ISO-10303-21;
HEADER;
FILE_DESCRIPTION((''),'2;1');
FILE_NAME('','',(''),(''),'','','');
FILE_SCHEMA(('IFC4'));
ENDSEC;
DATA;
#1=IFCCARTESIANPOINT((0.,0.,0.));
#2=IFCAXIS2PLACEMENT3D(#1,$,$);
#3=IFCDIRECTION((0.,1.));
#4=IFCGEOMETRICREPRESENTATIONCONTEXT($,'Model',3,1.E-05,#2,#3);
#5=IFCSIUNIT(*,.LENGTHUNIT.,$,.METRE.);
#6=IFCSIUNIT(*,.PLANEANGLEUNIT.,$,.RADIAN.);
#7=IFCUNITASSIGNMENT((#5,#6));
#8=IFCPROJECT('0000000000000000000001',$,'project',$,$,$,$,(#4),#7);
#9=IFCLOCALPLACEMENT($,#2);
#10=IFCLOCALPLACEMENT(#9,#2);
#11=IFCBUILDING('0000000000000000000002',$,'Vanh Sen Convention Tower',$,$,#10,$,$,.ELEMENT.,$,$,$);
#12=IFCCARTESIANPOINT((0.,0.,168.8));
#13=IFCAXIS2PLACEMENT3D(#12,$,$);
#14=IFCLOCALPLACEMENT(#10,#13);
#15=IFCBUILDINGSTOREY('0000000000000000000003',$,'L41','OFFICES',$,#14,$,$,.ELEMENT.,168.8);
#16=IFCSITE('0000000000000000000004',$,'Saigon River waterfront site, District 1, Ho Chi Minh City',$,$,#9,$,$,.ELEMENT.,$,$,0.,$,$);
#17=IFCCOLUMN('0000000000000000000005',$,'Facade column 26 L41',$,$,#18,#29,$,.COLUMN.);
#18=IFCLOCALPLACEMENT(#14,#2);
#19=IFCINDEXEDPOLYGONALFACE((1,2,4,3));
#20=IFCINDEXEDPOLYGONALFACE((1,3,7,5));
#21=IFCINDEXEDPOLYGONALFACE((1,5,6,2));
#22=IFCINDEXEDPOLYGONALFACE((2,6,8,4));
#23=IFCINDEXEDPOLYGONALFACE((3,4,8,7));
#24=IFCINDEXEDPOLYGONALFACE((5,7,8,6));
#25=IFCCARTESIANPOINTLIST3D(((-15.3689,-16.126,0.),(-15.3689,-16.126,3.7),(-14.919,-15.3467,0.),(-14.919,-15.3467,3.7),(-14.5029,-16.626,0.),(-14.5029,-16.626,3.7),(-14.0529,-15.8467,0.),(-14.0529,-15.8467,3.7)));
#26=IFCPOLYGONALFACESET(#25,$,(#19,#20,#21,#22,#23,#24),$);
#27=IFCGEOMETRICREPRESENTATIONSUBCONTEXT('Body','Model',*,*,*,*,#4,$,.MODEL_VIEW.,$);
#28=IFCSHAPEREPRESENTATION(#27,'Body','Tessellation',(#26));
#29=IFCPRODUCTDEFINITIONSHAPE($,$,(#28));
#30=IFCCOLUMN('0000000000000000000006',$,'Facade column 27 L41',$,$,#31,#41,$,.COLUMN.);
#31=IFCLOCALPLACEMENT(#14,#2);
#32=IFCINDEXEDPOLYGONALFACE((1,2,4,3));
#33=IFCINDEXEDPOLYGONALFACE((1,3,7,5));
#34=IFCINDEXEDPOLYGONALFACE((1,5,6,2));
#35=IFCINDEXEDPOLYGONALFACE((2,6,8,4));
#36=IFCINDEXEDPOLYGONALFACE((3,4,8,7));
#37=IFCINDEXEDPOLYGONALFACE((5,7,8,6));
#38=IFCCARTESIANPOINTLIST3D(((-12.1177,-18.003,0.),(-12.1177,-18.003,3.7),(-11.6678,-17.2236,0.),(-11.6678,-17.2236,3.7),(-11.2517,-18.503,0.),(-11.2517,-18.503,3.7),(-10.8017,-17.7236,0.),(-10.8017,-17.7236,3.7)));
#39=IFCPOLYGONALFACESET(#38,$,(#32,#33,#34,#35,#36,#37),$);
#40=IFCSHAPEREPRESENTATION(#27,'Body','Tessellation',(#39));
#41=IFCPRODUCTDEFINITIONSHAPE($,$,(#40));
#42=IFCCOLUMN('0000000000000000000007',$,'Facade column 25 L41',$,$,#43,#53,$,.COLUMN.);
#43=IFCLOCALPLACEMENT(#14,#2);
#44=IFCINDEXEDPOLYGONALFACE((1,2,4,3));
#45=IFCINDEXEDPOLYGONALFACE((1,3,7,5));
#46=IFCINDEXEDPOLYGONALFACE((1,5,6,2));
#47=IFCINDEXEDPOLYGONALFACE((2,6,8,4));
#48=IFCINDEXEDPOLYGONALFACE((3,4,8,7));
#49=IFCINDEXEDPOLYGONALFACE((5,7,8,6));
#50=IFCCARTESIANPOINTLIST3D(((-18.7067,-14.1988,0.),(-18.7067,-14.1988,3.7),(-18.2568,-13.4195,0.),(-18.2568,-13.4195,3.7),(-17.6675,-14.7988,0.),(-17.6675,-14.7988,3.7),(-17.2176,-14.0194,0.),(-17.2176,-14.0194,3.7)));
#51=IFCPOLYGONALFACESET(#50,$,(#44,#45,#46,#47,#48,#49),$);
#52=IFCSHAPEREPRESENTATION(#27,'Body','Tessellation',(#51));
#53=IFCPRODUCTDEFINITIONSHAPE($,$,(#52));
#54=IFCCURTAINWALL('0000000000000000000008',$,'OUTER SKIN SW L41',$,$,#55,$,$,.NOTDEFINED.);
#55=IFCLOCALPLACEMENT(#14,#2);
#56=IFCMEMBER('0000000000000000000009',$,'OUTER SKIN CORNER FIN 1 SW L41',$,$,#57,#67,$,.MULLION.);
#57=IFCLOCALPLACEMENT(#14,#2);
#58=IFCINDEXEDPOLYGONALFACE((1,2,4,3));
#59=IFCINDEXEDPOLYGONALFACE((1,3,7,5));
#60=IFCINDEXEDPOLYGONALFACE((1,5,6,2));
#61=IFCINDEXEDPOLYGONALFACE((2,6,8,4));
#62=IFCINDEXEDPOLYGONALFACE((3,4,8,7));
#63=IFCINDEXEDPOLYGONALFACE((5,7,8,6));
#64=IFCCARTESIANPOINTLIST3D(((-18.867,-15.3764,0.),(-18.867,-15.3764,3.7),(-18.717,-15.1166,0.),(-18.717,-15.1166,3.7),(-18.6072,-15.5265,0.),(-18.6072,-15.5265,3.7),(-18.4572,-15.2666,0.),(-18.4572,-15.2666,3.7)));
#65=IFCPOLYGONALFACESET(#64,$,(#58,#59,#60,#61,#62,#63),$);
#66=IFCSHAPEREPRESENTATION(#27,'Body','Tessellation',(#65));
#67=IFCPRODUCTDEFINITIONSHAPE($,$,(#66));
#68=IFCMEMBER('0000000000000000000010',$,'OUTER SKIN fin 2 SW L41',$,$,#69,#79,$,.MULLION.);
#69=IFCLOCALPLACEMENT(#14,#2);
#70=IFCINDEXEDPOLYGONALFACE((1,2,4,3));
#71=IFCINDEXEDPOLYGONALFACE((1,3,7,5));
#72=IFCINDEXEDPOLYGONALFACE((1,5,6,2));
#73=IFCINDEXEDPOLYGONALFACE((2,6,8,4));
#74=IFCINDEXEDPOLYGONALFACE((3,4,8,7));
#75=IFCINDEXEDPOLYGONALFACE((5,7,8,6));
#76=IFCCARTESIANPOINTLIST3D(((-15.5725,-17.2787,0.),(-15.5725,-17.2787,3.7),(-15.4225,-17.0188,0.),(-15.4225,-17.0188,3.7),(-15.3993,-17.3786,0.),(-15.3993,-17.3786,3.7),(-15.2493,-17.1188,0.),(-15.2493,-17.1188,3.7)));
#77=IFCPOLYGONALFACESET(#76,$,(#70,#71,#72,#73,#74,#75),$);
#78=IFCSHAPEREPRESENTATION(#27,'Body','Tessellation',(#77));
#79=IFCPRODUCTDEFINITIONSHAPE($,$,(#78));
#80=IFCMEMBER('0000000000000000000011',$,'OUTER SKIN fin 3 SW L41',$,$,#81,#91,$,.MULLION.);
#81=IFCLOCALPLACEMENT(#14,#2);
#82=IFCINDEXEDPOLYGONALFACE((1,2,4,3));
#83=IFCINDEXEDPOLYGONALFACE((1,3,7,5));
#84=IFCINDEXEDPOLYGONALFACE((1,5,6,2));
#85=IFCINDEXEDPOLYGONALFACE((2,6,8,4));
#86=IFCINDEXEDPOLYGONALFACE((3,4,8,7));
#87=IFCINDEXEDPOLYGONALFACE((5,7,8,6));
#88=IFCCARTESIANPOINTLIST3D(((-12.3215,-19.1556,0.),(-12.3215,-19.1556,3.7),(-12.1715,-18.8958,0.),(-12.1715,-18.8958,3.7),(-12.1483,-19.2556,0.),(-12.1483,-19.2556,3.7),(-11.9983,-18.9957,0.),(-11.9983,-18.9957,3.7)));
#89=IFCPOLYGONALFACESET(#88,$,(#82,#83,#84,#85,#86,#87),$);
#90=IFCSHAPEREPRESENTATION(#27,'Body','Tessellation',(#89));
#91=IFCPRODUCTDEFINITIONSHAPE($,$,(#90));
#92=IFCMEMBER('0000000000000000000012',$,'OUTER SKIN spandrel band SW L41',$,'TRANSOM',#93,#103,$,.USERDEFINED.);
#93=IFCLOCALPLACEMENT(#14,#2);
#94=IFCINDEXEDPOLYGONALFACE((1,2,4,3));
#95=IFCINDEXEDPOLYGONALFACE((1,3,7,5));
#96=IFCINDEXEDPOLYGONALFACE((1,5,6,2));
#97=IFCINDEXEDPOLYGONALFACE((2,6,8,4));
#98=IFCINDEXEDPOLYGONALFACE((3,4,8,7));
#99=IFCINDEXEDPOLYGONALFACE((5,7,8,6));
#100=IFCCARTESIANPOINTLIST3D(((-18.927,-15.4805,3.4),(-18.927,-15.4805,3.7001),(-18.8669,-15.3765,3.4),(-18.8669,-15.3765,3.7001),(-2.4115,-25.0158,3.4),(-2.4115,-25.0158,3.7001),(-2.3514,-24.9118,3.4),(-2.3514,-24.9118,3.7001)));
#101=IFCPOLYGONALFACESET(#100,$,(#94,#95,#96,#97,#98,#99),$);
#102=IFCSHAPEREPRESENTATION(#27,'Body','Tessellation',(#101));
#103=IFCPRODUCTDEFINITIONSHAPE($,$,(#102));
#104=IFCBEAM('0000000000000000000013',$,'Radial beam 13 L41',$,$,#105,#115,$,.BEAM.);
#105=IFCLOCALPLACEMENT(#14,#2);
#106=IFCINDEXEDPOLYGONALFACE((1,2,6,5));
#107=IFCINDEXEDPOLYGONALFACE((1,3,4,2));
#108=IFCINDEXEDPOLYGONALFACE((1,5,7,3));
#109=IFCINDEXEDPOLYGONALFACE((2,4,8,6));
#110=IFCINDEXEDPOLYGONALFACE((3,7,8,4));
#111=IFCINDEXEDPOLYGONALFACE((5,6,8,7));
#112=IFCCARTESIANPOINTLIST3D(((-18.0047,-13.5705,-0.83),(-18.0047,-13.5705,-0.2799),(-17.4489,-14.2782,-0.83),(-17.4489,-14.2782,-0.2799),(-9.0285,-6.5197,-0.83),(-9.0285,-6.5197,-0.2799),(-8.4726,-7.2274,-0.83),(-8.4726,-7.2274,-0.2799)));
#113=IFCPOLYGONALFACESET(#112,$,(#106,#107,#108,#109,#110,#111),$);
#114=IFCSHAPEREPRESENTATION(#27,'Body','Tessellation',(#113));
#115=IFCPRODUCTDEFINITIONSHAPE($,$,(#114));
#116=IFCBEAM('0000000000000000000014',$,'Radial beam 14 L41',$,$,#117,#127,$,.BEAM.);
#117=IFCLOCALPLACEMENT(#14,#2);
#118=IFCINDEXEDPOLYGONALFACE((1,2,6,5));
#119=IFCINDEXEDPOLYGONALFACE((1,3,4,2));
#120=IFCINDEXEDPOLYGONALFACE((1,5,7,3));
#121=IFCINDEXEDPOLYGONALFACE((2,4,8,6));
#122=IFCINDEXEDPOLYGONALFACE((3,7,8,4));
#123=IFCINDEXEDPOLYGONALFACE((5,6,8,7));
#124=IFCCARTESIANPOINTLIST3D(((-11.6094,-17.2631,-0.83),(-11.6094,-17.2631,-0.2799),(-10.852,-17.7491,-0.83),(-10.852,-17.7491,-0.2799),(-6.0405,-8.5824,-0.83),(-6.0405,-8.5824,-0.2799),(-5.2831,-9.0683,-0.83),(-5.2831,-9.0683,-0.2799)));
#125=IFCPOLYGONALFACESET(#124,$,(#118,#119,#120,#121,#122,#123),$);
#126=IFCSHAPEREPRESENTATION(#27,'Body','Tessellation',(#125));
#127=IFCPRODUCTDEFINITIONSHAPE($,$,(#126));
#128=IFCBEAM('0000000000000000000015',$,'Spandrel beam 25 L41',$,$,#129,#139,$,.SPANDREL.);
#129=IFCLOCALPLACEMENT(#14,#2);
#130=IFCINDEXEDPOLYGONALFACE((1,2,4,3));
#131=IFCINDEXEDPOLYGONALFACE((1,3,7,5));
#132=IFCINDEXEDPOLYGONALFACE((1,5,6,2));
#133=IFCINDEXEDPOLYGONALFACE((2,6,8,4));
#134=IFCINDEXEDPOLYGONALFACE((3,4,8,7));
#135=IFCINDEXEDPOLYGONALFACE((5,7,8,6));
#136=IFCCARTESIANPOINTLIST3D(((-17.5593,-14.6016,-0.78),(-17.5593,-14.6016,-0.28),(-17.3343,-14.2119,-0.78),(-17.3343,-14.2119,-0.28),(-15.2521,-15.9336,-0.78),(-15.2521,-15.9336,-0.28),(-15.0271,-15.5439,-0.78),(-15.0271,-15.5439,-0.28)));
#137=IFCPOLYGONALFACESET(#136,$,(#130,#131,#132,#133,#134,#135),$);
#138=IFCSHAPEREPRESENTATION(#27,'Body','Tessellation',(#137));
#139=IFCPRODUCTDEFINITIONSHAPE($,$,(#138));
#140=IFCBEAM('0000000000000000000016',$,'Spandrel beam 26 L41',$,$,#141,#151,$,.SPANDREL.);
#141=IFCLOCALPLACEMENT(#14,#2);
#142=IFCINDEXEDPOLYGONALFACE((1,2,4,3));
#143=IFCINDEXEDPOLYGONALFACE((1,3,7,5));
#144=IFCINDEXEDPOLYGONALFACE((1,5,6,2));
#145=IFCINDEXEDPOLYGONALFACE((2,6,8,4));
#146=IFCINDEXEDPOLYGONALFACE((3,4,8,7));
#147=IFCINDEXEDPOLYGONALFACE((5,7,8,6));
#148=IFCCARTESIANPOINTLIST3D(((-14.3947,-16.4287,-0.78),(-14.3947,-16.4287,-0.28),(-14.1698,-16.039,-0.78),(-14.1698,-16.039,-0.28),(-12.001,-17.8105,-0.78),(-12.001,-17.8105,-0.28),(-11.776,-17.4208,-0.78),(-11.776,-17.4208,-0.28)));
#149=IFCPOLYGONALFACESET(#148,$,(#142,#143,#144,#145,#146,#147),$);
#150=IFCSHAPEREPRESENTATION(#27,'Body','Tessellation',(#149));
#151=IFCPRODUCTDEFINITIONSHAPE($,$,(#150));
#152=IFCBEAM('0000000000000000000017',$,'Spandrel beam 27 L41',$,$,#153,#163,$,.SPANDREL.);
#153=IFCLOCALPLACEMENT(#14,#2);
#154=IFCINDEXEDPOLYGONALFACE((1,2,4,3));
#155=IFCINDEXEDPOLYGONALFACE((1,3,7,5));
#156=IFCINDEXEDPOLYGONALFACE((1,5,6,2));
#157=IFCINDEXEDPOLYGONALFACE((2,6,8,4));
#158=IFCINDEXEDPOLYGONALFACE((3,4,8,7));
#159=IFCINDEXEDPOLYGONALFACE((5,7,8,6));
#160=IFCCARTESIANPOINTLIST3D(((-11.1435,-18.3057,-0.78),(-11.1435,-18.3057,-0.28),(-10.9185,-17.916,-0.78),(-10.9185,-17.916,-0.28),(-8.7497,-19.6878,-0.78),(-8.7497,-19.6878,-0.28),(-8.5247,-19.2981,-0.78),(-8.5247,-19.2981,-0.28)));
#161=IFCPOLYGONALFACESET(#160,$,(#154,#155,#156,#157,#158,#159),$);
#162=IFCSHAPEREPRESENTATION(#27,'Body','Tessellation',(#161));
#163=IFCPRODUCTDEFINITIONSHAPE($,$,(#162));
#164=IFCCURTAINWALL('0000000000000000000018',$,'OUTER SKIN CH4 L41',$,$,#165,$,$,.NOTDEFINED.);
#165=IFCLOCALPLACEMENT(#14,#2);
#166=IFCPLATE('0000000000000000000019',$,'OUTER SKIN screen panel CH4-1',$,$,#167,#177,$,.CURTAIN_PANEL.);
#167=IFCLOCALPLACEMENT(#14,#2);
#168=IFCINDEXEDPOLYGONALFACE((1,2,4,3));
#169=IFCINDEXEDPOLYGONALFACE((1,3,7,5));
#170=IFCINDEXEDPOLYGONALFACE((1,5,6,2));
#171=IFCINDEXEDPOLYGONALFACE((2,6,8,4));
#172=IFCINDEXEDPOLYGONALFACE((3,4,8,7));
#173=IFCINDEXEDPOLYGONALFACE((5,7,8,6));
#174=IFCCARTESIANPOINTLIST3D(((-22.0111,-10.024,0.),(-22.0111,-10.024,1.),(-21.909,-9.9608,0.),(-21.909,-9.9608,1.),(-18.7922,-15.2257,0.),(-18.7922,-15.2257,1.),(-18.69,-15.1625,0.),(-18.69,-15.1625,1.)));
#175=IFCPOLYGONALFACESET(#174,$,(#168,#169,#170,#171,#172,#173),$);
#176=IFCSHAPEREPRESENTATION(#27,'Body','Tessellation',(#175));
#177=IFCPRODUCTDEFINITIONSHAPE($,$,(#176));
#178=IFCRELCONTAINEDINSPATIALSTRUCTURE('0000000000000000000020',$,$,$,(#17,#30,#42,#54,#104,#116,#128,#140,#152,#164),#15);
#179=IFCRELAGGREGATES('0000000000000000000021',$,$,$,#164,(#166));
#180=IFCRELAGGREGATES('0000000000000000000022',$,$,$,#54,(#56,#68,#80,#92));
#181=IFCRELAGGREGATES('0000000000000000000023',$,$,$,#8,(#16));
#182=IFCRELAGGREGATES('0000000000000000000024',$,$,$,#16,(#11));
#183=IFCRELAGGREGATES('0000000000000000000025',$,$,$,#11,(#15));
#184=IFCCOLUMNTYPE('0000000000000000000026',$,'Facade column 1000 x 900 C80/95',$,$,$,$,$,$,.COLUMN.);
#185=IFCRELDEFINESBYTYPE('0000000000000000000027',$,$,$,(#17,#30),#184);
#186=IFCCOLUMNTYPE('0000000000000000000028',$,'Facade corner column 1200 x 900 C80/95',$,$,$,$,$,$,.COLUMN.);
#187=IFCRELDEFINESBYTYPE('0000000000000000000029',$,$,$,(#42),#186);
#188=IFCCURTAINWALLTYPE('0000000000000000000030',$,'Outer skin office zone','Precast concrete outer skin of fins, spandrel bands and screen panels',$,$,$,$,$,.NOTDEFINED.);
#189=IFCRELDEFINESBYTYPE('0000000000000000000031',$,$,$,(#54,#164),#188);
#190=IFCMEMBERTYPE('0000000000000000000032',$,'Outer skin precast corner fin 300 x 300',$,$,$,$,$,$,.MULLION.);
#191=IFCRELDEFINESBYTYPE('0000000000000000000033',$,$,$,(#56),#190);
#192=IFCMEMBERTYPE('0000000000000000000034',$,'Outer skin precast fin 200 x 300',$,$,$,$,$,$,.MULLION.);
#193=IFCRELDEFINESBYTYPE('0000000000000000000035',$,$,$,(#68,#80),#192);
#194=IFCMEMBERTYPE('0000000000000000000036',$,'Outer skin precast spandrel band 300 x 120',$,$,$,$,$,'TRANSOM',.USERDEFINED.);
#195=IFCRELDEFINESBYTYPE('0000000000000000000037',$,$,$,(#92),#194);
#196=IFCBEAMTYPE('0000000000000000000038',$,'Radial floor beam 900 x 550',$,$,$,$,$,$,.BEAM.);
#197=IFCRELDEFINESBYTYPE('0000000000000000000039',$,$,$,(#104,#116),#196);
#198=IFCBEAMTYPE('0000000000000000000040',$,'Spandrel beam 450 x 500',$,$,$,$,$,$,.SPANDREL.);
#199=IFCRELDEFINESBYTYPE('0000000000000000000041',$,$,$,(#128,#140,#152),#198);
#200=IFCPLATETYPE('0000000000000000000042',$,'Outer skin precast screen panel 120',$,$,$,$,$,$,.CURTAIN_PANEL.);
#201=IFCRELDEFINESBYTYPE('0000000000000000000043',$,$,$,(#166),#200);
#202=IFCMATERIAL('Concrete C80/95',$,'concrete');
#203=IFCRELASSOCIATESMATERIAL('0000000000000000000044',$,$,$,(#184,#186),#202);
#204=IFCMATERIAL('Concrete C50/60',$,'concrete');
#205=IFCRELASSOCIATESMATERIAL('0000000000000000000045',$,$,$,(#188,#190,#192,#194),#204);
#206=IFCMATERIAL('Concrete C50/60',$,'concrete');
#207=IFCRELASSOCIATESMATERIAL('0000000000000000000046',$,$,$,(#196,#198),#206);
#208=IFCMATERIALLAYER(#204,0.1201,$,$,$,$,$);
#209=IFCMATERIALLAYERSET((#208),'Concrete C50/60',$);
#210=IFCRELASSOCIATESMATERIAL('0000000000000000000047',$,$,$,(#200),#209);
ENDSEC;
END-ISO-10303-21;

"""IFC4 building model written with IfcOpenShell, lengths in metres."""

from ifc_helpers import new_model, si_unit, direction, frame, origin, origin_2d, place, context, subcontext, project, spatial, rectangle, extrude, material, layer, layer_set, material_profile, profile_set, type_object, element, aggregate, save


model = new_model("IFC4")

# Units and contexts
model_context = context("Model", 3, precision=1e-05, world=origin(), true_north=direction((0.0, 1.0)))
body_context = subcontext(model_context, "Body", "Model", "MODEL_VIEW")
ifc_project = project(units=[si_unit("LENGTHUNIT", "METRE"), si_unit("PLANEANGLEUNIT", "RADIAN")], contexts=[model_context])

# Site, building, storey
site_placement = place(None, origin())
site = spatial("IfcSite", under=ifc_project, at=site_placement, Name="Saigon River waterfront site, District 1, Ho Chi Minh City", CompositionType="ELEMENT", RefElevation=0.0)
building_placement = place(site_placement, origin())
building = spatial("IfcBuilding", under=site, at=building_placement, Name="Vanh Sen Convention Tower", CompositionType="ELEMENT")
storey_placement = place(building_placement, frame((0.0, 0.0, 168.8)))
storey = spatial("IfcBuildingStorey", under=building, at=storey_placement, Name="L41", Description="OFFICES", CompositionType="ELEMENT", Elevation=168.8)

# Columns
ifc_material_1 = material(Name="Concrete C80/95", Category="concrete")
ifc_material_profile_1 = material_profile(ifc_material_1, rectangle(XDim=1.0, YDim=0.8999, at=origin_2d()), Name="RC 1000X900")
ifc_profile_set_1 = profile_set([ifc_material_profile_1], Name="Concrete C80/95")
column_type_1 = type_object("IfcColumnType", Name="Facade column 1000 x 900 C80/95", PredefinedType="COLUMN", material=ifc_profile_set_1)
for number, where, z_axis, x_axis, name in (
    (1, (-14.7109, -15.9863, 0.0), (0.0, 0.0, 1.0), (0.866025, -0.5, 0.0), "Facade column 26 L41"),
    (2, (-11.4597, -17.8633, 0.0), (0.0, 0.0, 1.0), (0.866025, -0.5, 0.0), "Facade column 27 L41"),
):
    element("IfcColumn", number, at=place(storey_placement, frame(where, z_axis=z_axis, x_axis=x_axis)), inside=storey, type_object=column_type_1, Name=name, PredefinedType="COLUMN", context=body_context, shape_type="SweptSolid", body=[
        extrude(rectangle(XDim=1.0, YDim=0.8999, at=origin_2d()), origin(), (0.0, 0.0, 1.0), 3.7),
    ])
ifc_material_profile_2 = material_profile(ifc_material_1, rectangle(XDim=1.2, YDim=0.8999, at=origin_2d()), Name="RC 1200X900")
ifc_profile_set_2 = profile_set([ifc_material_profile_2], Name="Concrete C80/95")
column_type_2 = type_object("IfcColumnType", Name="Facade corner column 1200 x 900 C80/95", PredefinedType="COLUMN", material=ifc_profile_set_2)
column_placement = place(storey_placement, frame((-17.9622, -14.1091, 0.0), z_axis=(0.0, 0.0, 1.0), x_axis=(0.866025, -0.5, 0.0)))
element("IfcColumn", 3, at=column_placement, inside=storey, type_object=column_type_2, Name="Facade column 25 L41", PredefinedType="COLUMN", context=body_context, shape_type="SweptSolid", body=[
    extrude(rectangle(XDim=1.2, YDim=0.8999, at=origin_2d()), origin(), (0.0, 0.0, 1.0), 3.7),
])

# Curtain wall, members
ifc_material_2 = material(Name="Concrete C50/60", Category="concrete")
curtain_wall_type = type_object("IfcCurtainWallType", Name="Outer skin office zone", Description="Precast concrete outer skin of fins, spandrel bands and screen panels", PredefinedType="NOTDEFINED", material=ifc_material_2)
curtain_wall_1_placement = place(storey_placement, origin())
curtain_wall_1 = element("IfcCurtainWall", 4, at=curtain_wall_1_placement, inside=storey, type_object=curtain_wall_type, Name="OUTER SKIN SW L41", PredefinedType="NOTDEFINED")
ifc_material_profile_3 = material_profile(ifc_material_2, rectangle(XDim=0.3, YDim=0.3, at=origin_2d()), Name="Outer skin precast corner fin 300 x 300")
ifc_profile_set_3 = profile_set([ifc_material_profile_3], Name="Concrete C50/60")
member_type_1 = type_object("IfcMemberType", Name="Outer skin precast corner fin 300 x 300", PredefinedType="MULLION", material=ifc_profile_set_3)
member_1_placement = place(storey_placement, frame((-18.6621, -15.3215, 0.0), z_axis=(0.0, 0.0, 1.0), x_axis=(0.866025, -0.5, 0.0)))
member_1 = element("IfcMember", 5, at=member_1_placement, type_object=member_type_1, Name="OUTER SKIN CORNER FIN 1 SW L41", PredefinedType="MULLION", context=body_context, shape_type="SweptSolid", body=[
    extrude(rectangle(XDim=0.3, YDim=0.3, at=origin_2d()), origin(), (0.0, 0.0, 1.0), 3.7),
])
ifc_material_profile_4 = material_profile(ifc_material_2, rectangle(XDim=0.2, YDim=0.3, at=origin_2d()), Name="Outer skin precast fin 200 x 300")
ifc_profile_set_4 = profile_set([ifc_material_profile_4], Name="Concrete C50/60")
member_type_2 = type_object("IfcMemberType", Name="Outer skin precast fin 200 x 300", PredefinedType="MULLION", material=ifc_profile_set_4)
member_2_placement = place(storey_placement, frame((-15.4109, -17.1987, 0.0), z_axis=(0.0, 0.0, 1.0), x_axis=(0.866025, -0.5, 0.0)))
member_2 = element("IfcMember", 6, at=member_2_placement, type_object=member_type_2, Name="OUTER SKIN fin 2 SW L41", PredefinedType="MULLION", context=body_context, shape_type="SweptSolid", body=[
    extrude(rectangle(XDim=0.2, YDim=0.3, at=origin_2d()), origin(), (0.0, 0.0, 1.0), 3.7),
])
member_3_placement = place(storey_placement, frame((-12.1599, -19.0757, 0.0), z_axis=(0.0, 0.0, 1.0), x_axis=(0.866025, -0.5, 0.0)))
member_3 = element("IfcMember", 7, at=member_3_placement, type_object=member_type_2, Name="OUTER SKIN fin 3 SW L41", PredefinedType="MULLION", context=body_context, shape_type="SweptSolid", body=[
    extrude(rectangle(XDim=0.2, YDim=0.3, at=origin_2d()), origin(), (0.0, 0.0, 1.0), 3.7),
])
ifc_material_profile_5 = material_profile(ifc_material_2, rectangle(XDim=0.1201, YDim=0.3, at=origin_2d()), Name="Outer skin precast spandrel band 300 x 120")
ifc_profile_set_5 = profile_set([ifc_material_profile_5], Name="Concrete C50/60")
member_type_3 = type_object("IfcMemberType", Name="Outer skin precast spandrel band 300 x 120", ElementType="TRANSOM", PredefinedType="USERDEFINED", material=ifc_profile_set_5)
member_4_placement = place(storey_placement, frame((-18.897, -15.4285, 3.55), z_axis=(0.866023, -0.500004, 0.0), x_axis=(0.500004, 0.866023, 0.0)))
member_4 = element("IfcMember", 8, at=member_4_placement, type_object=member_type_3, Name="OUTER SKIN spandrel band SW L41", ObjectType="TRANSOM", PredefinedType="USERDEFINED", context=body_context, shape_type="SweptSolid", body=[
    extrude(rectangle(XDim=0.1201, YDim=0.3, at=origin_2d()), origin(), (0.0, 0.0, 1.0), 19.0706),
])

# Beams
ifc_material_3 = material(Name="Concrete C50/60", Category="concrete")
ifc_material_profile_6 = material_profile(ifc_material_3, rectangle(XDim=0.8999, YDim=0.55, at=origin_2d()), Name="RC 900X550")
ifc_profile_set_6 = profile_set([ifc_material_profile_6], Name="Concrete C50/60")
beam_type_1 = type_object("IfcBeamType", Name="Radial floor beam 900 x 550", PredefinedType="BEAM", material=ifc_profile_set_6)
beam_1_placement = place(storey_placement, frame((-17.7268, -13.9243, -0.5549), z_axis=(0.786405, 0.617711, 0.0), x_axis=(-0.617711, 0.786405, 0.0)))
element("IfcBeam", 9, at=beam_1_placement, inside=storey, type_object=beam_type_1, Name="Radial beam 13 L41", PredefinedType="BEAM", context=body_context, shape_type="SweptSolid", body=[
    extrude(rectangle(XDim=0.8999, YDim=0.55, at=origin_2d()), origin(), (0.0, 0.0, 1.0), 11.4143),
])
beam_2_placement = place(storey_placement, frame((-11.2307, -17.5061, -0.5549), z_axis=(0.539963, 0.841689, 0.0), x_axis=(-0.841689, 0.539963, 0.0)))
element("IfcBeam", 10, at=beam_2_placement, inside=storey, type_object=beam_type_1, Name="Radial beam 14 L41", PredefinedType="BEAM", context=body_context, shape_type="SweptSolid", body=[
    extrude(rectangle(XDim=0.8999, YDim=0.55, at=origin_2d()), origin(), (0.0, 0.0, 1.0), 10.3135),
])
ifc_material_profile_7 = material_profile(ifc_material_3, rectangle(XDim=0.45, YDim=0.5, at=origin_2d()), Name="RC 450X500")
ifc_profile_set_7 = profile_set([ifc_material_profile_7], Name="Concrete C50/60")
beam_type_2 = type_object("IfcBeamType", Name="Spandrel beam 450 x 500", PredefinedType="SPANDREL", material=ifc_profile_set_7)
beam_3_placement = place(storey_placement, frame((-17.4468, -14.4067, -0.53), z_axis=(0.866024, -0.500003, 0.0), x_axis=(0.500003, 0.866024, 0.0)))
element("IfcBeam", 11, at=beam_3_placement, inside=storey, type_object=beam_type_2, Name="Spandrel beam 25 L41", PredefinedType="SPANDREL", context=body_context, shape_type="SweptSolid", body=[
    extrude(rectangle(XDim=0.45, YDim=0.5, at=origin_2d()), origin(), (0.0, 0.0, 1.0), 2.6641),
])
beam_4_placement = place(storey_placement, frame((-14.2822, -16.2339, -0.53), z_axis=(0.866061, -0.499939, 0.0), x_axis=(0.499939, 0.866061, 0.0)))
element("IfcBeam", 12, at=beam_4_placement, inside=storey, type_object=beam_type_2, Name="Spandrel beam 26 L41", PredefinedType="SPANDREL", context=body_context, shape_type="SweptSolid", body=[
    extrude(rectangle(XDim=0.45, YDim=0.5, at=origin_2d()), origin(), (0.0, 0.0, 1.0), 2.7639),
])
beam_5_placement = place(storey_placement, frame((-11.031, -18.1108, -0.53), z_axis=(0.866022, -0.500005, 0.0), x_axis=(0.500005, 0.866022, 0.0)))
element("IfcBeam", 13, at=beam_5_placement, inside=storey, type_object=beam_type_2, Name="Spandrel beam 27 L41", PredefinedType="SPANDREL", context=body_context, shape_type="SweptSolid", body=[
    extrude(rectangle(XDim=0.45, YDim=0.5, at=origin_2d()), origin(), (0.0, 0.0, 1.0), 2.7642),
])

# Curtain wall, plate
curtain_wall_2_placement = place(storey_placement, origin())
curtain_wall_2 = element("IfcCurtainWall", 14, at=curtain_wall_2_placement, inside=storey, type_object=curtain_wall_type, Name="OUTER SKIN CH4 L41", PredefinedType="NOTDEFINED")
ifc_layer_1 = layer(ifc_material_2, 0.1201)
ifc_layer_set_1 = layer_set([ifc_layer_1], Name="Concrete C50/60")
plate_type = type_object("IfcPlateType", Name="Outer skin precast screen panel 120", PredefinedType="CURTAIN_PANEL", material=ifc_layer_set_1)
plate_1_placement = place(storey_placement, frame((-20.3506, -12.5933, 0.0), z_axis=(0.0, 0.0, 1.0), x_axis=(0.526218, -0.850349, 0.0)))
plate_1 = element("IfcPlate", 15, at=plate_1_placement, type_object=plate_type, Name="OUTER SKIN screen panel CH4-1", PredefinedType="CURTAIN_PANEL", context=body_context, shape_type="SweptSolid", body=[
    extrude(rectangle(XDim=6.1172, YDim=0.1201, at=origin_2d()), origin(), (0.0, 0.0, 1.0), 1.0),
])
aggregate(curtain_wall_2, [plate_1])

aggregate(curtain_wall_1, [member_1, member_2, member_3, member_4])

save(model, "model.ifc")
